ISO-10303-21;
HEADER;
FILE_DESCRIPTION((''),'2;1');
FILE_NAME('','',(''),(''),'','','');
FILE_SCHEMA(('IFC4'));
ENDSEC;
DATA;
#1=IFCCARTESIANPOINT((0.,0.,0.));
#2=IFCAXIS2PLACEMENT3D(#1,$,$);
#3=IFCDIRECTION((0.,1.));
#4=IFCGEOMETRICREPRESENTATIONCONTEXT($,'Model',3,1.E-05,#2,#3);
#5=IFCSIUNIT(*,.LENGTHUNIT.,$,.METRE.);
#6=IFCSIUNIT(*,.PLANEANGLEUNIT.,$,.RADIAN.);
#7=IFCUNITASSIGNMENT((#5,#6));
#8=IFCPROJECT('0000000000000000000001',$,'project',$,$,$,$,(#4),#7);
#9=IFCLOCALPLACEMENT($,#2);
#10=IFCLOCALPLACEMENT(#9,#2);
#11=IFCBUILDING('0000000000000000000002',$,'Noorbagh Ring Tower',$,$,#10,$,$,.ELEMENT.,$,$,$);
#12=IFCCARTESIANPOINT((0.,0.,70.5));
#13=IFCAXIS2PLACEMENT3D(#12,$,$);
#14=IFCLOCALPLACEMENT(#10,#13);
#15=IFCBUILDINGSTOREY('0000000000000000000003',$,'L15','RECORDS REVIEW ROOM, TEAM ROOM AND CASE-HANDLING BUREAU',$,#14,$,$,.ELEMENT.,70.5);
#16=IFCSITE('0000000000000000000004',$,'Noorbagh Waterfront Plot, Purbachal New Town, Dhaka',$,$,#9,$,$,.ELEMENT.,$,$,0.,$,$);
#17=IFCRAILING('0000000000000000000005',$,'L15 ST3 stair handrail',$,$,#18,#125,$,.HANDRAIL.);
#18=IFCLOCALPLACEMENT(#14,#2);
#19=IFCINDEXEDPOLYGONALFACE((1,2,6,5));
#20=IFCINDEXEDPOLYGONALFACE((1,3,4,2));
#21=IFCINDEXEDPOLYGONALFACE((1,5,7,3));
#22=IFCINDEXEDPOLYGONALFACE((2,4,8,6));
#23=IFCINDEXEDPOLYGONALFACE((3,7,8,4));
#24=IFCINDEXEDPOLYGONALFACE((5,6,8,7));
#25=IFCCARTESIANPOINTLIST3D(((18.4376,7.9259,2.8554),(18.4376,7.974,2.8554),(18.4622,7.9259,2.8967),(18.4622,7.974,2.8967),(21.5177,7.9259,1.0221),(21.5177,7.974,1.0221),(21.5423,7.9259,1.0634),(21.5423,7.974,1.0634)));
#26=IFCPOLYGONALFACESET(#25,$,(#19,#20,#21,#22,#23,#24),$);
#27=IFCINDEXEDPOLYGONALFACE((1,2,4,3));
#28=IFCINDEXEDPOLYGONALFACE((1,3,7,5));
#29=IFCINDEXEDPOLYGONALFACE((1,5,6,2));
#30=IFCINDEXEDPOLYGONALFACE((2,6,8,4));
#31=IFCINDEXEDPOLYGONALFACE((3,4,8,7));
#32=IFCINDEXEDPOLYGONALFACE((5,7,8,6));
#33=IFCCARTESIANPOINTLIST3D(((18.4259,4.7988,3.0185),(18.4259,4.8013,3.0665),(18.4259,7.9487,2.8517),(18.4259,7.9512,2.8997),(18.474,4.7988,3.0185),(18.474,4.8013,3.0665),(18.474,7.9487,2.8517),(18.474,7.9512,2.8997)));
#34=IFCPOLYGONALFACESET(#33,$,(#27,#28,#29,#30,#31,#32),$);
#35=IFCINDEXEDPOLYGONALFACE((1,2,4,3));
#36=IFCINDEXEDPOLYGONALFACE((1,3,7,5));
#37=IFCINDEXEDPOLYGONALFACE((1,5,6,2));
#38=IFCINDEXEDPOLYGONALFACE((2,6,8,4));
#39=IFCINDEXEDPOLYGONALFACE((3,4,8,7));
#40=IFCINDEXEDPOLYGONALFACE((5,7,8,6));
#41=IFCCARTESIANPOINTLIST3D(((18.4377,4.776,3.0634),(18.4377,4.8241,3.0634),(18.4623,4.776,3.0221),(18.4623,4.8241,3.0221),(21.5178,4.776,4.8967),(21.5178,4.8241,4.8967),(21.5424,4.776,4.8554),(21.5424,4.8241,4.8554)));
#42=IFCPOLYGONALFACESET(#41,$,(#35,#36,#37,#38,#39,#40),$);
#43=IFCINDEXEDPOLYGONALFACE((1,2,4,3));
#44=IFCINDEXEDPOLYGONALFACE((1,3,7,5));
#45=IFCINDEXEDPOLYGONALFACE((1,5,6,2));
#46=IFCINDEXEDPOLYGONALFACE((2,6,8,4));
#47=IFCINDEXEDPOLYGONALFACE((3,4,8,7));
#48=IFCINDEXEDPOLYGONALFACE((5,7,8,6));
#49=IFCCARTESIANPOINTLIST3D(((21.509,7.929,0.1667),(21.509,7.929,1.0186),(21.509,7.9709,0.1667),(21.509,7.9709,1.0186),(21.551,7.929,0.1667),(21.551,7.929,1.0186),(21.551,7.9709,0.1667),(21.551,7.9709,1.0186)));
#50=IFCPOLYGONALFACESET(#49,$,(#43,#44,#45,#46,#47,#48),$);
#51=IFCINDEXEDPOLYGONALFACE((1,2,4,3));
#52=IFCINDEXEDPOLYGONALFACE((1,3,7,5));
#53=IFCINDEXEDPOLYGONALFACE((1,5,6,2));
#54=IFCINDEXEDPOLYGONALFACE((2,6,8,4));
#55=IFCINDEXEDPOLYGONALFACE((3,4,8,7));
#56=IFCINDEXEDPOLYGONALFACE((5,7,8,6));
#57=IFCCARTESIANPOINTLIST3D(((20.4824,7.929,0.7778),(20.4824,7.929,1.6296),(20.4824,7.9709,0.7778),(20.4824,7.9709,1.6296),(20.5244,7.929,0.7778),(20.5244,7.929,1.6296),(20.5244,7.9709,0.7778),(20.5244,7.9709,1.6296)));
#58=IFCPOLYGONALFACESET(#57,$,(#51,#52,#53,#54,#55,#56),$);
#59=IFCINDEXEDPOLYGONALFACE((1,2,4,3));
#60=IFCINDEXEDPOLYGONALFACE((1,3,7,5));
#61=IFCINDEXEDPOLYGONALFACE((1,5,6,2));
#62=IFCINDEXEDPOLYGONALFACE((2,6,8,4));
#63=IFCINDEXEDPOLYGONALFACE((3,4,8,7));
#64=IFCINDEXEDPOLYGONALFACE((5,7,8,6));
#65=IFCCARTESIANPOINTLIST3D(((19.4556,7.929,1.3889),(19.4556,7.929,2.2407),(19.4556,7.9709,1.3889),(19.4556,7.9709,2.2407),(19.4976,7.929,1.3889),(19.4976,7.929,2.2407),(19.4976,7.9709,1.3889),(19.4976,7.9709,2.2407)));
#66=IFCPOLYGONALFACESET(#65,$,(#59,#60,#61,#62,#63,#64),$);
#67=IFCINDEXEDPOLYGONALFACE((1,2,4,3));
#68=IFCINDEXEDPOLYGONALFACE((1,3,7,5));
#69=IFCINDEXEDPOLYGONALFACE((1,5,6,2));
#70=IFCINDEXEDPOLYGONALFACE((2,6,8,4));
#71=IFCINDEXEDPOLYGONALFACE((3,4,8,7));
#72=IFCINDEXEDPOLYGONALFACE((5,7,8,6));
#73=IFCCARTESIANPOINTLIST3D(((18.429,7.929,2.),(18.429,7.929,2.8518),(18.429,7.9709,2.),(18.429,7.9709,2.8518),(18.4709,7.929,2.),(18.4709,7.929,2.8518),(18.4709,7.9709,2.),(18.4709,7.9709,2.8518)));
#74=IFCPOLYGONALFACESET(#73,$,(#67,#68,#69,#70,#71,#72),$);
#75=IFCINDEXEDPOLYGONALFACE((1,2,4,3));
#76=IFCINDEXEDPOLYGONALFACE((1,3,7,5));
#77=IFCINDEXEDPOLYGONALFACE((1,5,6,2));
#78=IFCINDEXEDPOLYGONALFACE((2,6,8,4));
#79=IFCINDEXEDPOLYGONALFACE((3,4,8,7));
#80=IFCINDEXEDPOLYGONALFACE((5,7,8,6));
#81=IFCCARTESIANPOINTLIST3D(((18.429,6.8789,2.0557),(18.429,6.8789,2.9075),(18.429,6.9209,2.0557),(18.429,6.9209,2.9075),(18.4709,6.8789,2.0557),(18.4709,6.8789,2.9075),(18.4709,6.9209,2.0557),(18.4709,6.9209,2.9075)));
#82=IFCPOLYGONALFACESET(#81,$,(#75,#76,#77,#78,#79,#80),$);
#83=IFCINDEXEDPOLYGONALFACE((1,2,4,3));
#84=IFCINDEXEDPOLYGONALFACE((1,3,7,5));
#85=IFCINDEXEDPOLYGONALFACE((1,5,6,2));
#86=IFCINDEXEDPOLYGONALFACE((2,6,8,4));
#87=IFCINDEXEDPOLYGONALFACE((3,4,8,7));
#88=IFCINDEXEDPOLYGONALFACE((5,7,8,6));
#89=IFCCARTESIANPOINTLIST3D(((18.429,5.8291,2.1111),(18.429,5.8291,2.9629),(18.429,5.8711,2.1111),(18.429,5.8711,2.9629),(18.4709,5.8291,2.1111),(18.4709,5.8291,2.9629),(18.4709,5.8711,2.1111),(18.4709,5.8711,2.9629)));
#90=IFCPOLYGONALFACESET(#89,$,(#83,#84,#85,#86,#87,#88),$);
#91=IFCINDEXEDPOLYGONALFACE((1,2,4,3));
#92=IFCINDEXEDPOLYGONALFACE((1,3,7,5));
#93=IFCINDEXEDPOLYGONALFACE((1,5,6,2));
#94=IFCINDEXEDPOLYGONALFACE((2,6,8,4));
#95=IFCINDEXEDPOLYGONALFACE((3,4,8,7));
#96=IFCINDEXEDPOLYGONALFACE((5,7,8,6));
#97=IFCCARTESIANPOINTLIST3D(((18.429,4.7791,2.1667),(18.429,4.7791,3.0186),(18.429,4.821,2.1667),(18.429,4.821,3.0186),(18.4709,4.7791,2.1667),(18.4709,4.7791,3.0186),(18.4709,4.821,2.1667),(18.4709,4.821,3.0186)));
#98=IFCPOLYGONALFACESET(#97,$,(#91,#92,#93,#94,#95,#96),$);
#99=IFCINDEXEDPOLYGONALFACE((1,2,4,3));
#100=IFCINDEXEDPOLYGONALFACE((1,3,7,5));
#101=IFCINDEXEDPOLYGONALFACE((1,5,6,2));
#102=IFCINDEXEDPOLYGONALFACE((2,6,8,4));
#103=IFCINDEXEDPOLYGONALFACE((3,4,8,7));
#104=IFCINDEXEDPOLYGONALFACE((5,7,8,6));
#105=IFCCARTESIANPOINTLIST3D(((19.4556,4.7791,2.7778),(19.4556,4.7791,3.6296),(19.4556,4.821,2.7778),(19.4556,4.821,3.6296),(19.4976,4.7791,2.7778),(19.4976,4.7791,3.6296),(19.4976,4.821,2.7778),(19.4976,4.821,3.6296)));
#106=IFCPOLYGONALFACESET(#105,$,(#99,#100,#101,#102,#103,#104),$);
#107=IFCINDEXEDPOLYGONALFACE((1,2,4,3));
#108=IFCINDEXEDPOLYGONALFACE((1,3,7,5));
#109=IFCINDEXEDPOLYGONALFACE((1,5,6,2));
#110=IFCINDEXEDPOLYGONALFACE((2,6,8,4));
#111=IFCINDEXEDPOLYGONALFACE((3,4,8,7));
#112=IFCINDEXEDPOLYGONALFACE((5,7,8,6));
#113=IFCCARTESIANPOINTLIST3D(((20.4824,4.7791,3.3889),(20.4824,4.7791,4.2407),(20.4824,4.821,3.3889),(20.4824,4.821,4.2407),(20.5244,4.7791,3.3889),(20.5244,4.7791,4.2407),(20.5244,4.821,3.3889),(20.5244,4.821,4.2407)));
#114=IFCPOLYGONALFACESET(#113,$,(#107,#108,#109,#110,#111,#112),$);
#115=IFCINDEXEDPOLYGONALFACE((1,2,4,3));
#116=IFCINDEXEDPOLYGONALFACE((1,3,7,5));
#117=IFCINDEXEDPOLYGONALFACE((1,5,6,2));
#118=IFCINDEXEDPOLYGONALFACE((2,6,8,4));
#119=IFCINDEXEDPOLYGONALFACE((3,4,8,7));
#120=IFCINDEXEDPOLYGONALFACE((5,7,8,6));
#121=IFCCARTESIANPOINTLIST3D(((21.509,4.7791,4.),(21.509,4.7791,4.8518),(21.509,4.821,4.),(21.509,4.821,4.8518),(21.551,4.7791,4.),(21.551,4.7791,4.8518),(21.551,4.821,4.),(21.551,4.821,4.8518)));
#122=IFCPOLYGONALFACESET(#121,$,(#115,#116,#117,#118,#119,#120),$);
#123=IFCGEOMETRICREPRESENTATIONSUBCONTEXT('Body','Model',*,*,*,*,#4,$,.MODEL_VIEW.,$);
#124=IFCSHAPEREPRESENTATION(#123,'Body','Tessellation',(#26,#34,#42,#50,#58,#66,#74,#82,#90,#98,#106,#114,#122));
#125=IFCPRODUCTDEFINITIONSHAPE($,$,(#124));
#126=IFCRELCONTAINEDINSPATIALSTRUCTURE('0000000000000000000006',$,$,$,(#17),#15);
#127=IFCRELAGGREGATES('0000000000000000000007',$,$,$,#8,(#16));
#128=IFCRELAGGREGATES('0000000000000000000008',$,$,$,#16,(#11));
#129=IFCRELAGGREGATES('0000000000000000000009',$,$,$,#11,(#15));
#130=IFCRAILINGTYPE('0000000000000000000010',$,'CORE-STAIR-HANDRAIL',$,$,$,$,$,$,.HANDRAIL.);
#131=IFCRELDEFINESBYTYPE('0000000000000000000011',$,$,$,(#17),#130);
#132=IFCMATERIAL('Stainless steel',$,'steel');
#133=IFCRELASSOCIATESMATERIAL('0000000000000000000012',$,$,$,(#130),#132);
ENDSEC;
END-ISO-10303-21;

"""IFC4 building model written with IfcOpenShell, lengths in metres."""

from ifc_helpers import new_model, si_unit, direction, frame, origin, origin_2d, place, context, subcontext, project, spatial, rectangle, extrude, material, type_object, element, save


model = new_model("IFC4")

# Units and contexts
model_context = context("Model", 3, precision=1e-05, world=origin(), true_north=direction((0.0, 1.0)))
body_context = subcontext(model_context, "Body", "Model", "MODEL_VIEW")
ifc_project = project(units=[si_unit("LENGTHUNIT", "METRE"), si_unit("PLANEANGLEUNIT", "RADIAN")], contexts=[model_context])

# Site, building, storey
site_placement = place(None, origin())
site = spatial("IfcSite", under=ifc_project, at=site_placement, Name="Noorbagh Waterfront Plot, Purbachal New Town, Dhaka", CompositionType="ELEMENT", RefElevation=0.0)
building_placement = place(site_placement, origin())
building = spatial("IfcBuilding", under=site, at=building_placement, Name="Noorbagh Ring Tower", CompositionType="ELEMENT")
storey_placement = place(building_placement, frame((0.0, 0.0, 70.5)))
storey = spatial("IfcBuildingStorey", under=building, at=storey_placement, Name="L15", Description="RECORDS REVIEW ROOM, TEAM ROOM AND CASE-HANDLING BUREAU", CompositionType="ELEMENT", Elevation=70.5)

# Railing
ifc_material_1 = material(Name="Stainless steel", Category="steel")
railing_type_1 = type_object("IfcRailingType", Name="CORE-STAIR-HANDRAIL", PredefinedType="HANDRAIL", material=ifc_material_1)
railing_1_placement = place(storey_placement, frame((21.53, 7.95, 0.1667)))
element("IfcRailing", 1, at=railing_1_placement, inside=storey, type_object=railing_type_1, Name="L15 ST3 stair handrail", PredefinedType="HANDRAIL", context=body_context, shape_type="SweptSolid", body=[
    extrude(rectangle(XDim=0.0481, YDim=0.0481, at=origin_2d()), frame((0.0, 0.0, 0.876), z_axis=(-0.859309, 0.0, 0.511458), x_axis=(0.0, -1.0, 0.0)), (0.0, 0.0, 1.0), 3.5845),
    extrude(rectangle(XDim=0.0481, YDim=0.0481, at=origin_2d()), frame((-3.0801, 0.0, 2.709), z_axis=(0.0, -0.998602, 0.052864), x_axis=(1.0, 0.0, 0.0)), (0.0, 0.0, 1.0), 3.1543),
    extrude(rectangle(XDim=0.0481, YDim=0.0481, at=origin_2d()), frame((-3.0801, -3.1499, 2.876), z_axis=(0.859309, 0.0, 0.511458), x_axis=(0.0, 1.0, 0.0)), (0.0, 0.0, 1.0), 3.5845),
    extrude(rectangle(XDim=0.042, YDim=0.042, at=origin_2d()), origin(), (0.0, 0.0, 1.0), 0.8518),
    extrude(rectangle(XDim=0.042, YDim=0.042, at=origin_2d()), frame((-1.0266, 0.0, 0.6111)), (0.0, 0.0, 1.0), 0.8518),
    extrude(rectangle(XDim=0.042, YDim=0.042, at=origin_2d()), frame((-2.0535, 0.0, 1.2222)), (0.0, 0.0, 1.0), 0.8518),
    extrude(rectangle(XDim=0.042, YDim=0.042, at=origin_2d()), frame((-3.0801, 0.0, 1.8333)), (0.0, 0.0, 1.0), 0.8518),
    extrude(rectangle(XDim=0.042, YDim=0.042, at=origin_2d()), frame((-3.0801, -1.05, 1.8889)), (0.0, 0.0, 1.0), 0.8518),
    extrude(rectangle(XDim=0.042, YDim=0.042, at=origin_2d()), frame((-3.0801, -2.0999, 1.9443)), (0.0, 0.0, 1.0), 0.8518),
    extrude(rectangle(XDim=0.042, YDim=0.042, at=origin_2d()), frame((-3.0801, -3.1499, 2.0)), (0.0, 0.0, 1.0), 0.8518),
    extrude(rectangle(XDim=0.042, YDim=0.042, at=origin_2d()), frame((-2.0535, -3.1499, 2.6111)), (0.0, 0.0, 1.0), 0.8518),
    extrude(rectangle(XDim=0.042, YDim=0.042, at=origin_2d()), frame((-1.0266, -3.1499, 3.2222)), (0.0, 0.0, 1.0), 0.8518),
    extrude(rectangle(XDim=0.042, YDim=0.042, at=origin_2d()), frame((0.0, -3.1499, 3.8333)), (0.0, 0.0, 1.0), 0.8518),
])

save(model, "model.ifc")
